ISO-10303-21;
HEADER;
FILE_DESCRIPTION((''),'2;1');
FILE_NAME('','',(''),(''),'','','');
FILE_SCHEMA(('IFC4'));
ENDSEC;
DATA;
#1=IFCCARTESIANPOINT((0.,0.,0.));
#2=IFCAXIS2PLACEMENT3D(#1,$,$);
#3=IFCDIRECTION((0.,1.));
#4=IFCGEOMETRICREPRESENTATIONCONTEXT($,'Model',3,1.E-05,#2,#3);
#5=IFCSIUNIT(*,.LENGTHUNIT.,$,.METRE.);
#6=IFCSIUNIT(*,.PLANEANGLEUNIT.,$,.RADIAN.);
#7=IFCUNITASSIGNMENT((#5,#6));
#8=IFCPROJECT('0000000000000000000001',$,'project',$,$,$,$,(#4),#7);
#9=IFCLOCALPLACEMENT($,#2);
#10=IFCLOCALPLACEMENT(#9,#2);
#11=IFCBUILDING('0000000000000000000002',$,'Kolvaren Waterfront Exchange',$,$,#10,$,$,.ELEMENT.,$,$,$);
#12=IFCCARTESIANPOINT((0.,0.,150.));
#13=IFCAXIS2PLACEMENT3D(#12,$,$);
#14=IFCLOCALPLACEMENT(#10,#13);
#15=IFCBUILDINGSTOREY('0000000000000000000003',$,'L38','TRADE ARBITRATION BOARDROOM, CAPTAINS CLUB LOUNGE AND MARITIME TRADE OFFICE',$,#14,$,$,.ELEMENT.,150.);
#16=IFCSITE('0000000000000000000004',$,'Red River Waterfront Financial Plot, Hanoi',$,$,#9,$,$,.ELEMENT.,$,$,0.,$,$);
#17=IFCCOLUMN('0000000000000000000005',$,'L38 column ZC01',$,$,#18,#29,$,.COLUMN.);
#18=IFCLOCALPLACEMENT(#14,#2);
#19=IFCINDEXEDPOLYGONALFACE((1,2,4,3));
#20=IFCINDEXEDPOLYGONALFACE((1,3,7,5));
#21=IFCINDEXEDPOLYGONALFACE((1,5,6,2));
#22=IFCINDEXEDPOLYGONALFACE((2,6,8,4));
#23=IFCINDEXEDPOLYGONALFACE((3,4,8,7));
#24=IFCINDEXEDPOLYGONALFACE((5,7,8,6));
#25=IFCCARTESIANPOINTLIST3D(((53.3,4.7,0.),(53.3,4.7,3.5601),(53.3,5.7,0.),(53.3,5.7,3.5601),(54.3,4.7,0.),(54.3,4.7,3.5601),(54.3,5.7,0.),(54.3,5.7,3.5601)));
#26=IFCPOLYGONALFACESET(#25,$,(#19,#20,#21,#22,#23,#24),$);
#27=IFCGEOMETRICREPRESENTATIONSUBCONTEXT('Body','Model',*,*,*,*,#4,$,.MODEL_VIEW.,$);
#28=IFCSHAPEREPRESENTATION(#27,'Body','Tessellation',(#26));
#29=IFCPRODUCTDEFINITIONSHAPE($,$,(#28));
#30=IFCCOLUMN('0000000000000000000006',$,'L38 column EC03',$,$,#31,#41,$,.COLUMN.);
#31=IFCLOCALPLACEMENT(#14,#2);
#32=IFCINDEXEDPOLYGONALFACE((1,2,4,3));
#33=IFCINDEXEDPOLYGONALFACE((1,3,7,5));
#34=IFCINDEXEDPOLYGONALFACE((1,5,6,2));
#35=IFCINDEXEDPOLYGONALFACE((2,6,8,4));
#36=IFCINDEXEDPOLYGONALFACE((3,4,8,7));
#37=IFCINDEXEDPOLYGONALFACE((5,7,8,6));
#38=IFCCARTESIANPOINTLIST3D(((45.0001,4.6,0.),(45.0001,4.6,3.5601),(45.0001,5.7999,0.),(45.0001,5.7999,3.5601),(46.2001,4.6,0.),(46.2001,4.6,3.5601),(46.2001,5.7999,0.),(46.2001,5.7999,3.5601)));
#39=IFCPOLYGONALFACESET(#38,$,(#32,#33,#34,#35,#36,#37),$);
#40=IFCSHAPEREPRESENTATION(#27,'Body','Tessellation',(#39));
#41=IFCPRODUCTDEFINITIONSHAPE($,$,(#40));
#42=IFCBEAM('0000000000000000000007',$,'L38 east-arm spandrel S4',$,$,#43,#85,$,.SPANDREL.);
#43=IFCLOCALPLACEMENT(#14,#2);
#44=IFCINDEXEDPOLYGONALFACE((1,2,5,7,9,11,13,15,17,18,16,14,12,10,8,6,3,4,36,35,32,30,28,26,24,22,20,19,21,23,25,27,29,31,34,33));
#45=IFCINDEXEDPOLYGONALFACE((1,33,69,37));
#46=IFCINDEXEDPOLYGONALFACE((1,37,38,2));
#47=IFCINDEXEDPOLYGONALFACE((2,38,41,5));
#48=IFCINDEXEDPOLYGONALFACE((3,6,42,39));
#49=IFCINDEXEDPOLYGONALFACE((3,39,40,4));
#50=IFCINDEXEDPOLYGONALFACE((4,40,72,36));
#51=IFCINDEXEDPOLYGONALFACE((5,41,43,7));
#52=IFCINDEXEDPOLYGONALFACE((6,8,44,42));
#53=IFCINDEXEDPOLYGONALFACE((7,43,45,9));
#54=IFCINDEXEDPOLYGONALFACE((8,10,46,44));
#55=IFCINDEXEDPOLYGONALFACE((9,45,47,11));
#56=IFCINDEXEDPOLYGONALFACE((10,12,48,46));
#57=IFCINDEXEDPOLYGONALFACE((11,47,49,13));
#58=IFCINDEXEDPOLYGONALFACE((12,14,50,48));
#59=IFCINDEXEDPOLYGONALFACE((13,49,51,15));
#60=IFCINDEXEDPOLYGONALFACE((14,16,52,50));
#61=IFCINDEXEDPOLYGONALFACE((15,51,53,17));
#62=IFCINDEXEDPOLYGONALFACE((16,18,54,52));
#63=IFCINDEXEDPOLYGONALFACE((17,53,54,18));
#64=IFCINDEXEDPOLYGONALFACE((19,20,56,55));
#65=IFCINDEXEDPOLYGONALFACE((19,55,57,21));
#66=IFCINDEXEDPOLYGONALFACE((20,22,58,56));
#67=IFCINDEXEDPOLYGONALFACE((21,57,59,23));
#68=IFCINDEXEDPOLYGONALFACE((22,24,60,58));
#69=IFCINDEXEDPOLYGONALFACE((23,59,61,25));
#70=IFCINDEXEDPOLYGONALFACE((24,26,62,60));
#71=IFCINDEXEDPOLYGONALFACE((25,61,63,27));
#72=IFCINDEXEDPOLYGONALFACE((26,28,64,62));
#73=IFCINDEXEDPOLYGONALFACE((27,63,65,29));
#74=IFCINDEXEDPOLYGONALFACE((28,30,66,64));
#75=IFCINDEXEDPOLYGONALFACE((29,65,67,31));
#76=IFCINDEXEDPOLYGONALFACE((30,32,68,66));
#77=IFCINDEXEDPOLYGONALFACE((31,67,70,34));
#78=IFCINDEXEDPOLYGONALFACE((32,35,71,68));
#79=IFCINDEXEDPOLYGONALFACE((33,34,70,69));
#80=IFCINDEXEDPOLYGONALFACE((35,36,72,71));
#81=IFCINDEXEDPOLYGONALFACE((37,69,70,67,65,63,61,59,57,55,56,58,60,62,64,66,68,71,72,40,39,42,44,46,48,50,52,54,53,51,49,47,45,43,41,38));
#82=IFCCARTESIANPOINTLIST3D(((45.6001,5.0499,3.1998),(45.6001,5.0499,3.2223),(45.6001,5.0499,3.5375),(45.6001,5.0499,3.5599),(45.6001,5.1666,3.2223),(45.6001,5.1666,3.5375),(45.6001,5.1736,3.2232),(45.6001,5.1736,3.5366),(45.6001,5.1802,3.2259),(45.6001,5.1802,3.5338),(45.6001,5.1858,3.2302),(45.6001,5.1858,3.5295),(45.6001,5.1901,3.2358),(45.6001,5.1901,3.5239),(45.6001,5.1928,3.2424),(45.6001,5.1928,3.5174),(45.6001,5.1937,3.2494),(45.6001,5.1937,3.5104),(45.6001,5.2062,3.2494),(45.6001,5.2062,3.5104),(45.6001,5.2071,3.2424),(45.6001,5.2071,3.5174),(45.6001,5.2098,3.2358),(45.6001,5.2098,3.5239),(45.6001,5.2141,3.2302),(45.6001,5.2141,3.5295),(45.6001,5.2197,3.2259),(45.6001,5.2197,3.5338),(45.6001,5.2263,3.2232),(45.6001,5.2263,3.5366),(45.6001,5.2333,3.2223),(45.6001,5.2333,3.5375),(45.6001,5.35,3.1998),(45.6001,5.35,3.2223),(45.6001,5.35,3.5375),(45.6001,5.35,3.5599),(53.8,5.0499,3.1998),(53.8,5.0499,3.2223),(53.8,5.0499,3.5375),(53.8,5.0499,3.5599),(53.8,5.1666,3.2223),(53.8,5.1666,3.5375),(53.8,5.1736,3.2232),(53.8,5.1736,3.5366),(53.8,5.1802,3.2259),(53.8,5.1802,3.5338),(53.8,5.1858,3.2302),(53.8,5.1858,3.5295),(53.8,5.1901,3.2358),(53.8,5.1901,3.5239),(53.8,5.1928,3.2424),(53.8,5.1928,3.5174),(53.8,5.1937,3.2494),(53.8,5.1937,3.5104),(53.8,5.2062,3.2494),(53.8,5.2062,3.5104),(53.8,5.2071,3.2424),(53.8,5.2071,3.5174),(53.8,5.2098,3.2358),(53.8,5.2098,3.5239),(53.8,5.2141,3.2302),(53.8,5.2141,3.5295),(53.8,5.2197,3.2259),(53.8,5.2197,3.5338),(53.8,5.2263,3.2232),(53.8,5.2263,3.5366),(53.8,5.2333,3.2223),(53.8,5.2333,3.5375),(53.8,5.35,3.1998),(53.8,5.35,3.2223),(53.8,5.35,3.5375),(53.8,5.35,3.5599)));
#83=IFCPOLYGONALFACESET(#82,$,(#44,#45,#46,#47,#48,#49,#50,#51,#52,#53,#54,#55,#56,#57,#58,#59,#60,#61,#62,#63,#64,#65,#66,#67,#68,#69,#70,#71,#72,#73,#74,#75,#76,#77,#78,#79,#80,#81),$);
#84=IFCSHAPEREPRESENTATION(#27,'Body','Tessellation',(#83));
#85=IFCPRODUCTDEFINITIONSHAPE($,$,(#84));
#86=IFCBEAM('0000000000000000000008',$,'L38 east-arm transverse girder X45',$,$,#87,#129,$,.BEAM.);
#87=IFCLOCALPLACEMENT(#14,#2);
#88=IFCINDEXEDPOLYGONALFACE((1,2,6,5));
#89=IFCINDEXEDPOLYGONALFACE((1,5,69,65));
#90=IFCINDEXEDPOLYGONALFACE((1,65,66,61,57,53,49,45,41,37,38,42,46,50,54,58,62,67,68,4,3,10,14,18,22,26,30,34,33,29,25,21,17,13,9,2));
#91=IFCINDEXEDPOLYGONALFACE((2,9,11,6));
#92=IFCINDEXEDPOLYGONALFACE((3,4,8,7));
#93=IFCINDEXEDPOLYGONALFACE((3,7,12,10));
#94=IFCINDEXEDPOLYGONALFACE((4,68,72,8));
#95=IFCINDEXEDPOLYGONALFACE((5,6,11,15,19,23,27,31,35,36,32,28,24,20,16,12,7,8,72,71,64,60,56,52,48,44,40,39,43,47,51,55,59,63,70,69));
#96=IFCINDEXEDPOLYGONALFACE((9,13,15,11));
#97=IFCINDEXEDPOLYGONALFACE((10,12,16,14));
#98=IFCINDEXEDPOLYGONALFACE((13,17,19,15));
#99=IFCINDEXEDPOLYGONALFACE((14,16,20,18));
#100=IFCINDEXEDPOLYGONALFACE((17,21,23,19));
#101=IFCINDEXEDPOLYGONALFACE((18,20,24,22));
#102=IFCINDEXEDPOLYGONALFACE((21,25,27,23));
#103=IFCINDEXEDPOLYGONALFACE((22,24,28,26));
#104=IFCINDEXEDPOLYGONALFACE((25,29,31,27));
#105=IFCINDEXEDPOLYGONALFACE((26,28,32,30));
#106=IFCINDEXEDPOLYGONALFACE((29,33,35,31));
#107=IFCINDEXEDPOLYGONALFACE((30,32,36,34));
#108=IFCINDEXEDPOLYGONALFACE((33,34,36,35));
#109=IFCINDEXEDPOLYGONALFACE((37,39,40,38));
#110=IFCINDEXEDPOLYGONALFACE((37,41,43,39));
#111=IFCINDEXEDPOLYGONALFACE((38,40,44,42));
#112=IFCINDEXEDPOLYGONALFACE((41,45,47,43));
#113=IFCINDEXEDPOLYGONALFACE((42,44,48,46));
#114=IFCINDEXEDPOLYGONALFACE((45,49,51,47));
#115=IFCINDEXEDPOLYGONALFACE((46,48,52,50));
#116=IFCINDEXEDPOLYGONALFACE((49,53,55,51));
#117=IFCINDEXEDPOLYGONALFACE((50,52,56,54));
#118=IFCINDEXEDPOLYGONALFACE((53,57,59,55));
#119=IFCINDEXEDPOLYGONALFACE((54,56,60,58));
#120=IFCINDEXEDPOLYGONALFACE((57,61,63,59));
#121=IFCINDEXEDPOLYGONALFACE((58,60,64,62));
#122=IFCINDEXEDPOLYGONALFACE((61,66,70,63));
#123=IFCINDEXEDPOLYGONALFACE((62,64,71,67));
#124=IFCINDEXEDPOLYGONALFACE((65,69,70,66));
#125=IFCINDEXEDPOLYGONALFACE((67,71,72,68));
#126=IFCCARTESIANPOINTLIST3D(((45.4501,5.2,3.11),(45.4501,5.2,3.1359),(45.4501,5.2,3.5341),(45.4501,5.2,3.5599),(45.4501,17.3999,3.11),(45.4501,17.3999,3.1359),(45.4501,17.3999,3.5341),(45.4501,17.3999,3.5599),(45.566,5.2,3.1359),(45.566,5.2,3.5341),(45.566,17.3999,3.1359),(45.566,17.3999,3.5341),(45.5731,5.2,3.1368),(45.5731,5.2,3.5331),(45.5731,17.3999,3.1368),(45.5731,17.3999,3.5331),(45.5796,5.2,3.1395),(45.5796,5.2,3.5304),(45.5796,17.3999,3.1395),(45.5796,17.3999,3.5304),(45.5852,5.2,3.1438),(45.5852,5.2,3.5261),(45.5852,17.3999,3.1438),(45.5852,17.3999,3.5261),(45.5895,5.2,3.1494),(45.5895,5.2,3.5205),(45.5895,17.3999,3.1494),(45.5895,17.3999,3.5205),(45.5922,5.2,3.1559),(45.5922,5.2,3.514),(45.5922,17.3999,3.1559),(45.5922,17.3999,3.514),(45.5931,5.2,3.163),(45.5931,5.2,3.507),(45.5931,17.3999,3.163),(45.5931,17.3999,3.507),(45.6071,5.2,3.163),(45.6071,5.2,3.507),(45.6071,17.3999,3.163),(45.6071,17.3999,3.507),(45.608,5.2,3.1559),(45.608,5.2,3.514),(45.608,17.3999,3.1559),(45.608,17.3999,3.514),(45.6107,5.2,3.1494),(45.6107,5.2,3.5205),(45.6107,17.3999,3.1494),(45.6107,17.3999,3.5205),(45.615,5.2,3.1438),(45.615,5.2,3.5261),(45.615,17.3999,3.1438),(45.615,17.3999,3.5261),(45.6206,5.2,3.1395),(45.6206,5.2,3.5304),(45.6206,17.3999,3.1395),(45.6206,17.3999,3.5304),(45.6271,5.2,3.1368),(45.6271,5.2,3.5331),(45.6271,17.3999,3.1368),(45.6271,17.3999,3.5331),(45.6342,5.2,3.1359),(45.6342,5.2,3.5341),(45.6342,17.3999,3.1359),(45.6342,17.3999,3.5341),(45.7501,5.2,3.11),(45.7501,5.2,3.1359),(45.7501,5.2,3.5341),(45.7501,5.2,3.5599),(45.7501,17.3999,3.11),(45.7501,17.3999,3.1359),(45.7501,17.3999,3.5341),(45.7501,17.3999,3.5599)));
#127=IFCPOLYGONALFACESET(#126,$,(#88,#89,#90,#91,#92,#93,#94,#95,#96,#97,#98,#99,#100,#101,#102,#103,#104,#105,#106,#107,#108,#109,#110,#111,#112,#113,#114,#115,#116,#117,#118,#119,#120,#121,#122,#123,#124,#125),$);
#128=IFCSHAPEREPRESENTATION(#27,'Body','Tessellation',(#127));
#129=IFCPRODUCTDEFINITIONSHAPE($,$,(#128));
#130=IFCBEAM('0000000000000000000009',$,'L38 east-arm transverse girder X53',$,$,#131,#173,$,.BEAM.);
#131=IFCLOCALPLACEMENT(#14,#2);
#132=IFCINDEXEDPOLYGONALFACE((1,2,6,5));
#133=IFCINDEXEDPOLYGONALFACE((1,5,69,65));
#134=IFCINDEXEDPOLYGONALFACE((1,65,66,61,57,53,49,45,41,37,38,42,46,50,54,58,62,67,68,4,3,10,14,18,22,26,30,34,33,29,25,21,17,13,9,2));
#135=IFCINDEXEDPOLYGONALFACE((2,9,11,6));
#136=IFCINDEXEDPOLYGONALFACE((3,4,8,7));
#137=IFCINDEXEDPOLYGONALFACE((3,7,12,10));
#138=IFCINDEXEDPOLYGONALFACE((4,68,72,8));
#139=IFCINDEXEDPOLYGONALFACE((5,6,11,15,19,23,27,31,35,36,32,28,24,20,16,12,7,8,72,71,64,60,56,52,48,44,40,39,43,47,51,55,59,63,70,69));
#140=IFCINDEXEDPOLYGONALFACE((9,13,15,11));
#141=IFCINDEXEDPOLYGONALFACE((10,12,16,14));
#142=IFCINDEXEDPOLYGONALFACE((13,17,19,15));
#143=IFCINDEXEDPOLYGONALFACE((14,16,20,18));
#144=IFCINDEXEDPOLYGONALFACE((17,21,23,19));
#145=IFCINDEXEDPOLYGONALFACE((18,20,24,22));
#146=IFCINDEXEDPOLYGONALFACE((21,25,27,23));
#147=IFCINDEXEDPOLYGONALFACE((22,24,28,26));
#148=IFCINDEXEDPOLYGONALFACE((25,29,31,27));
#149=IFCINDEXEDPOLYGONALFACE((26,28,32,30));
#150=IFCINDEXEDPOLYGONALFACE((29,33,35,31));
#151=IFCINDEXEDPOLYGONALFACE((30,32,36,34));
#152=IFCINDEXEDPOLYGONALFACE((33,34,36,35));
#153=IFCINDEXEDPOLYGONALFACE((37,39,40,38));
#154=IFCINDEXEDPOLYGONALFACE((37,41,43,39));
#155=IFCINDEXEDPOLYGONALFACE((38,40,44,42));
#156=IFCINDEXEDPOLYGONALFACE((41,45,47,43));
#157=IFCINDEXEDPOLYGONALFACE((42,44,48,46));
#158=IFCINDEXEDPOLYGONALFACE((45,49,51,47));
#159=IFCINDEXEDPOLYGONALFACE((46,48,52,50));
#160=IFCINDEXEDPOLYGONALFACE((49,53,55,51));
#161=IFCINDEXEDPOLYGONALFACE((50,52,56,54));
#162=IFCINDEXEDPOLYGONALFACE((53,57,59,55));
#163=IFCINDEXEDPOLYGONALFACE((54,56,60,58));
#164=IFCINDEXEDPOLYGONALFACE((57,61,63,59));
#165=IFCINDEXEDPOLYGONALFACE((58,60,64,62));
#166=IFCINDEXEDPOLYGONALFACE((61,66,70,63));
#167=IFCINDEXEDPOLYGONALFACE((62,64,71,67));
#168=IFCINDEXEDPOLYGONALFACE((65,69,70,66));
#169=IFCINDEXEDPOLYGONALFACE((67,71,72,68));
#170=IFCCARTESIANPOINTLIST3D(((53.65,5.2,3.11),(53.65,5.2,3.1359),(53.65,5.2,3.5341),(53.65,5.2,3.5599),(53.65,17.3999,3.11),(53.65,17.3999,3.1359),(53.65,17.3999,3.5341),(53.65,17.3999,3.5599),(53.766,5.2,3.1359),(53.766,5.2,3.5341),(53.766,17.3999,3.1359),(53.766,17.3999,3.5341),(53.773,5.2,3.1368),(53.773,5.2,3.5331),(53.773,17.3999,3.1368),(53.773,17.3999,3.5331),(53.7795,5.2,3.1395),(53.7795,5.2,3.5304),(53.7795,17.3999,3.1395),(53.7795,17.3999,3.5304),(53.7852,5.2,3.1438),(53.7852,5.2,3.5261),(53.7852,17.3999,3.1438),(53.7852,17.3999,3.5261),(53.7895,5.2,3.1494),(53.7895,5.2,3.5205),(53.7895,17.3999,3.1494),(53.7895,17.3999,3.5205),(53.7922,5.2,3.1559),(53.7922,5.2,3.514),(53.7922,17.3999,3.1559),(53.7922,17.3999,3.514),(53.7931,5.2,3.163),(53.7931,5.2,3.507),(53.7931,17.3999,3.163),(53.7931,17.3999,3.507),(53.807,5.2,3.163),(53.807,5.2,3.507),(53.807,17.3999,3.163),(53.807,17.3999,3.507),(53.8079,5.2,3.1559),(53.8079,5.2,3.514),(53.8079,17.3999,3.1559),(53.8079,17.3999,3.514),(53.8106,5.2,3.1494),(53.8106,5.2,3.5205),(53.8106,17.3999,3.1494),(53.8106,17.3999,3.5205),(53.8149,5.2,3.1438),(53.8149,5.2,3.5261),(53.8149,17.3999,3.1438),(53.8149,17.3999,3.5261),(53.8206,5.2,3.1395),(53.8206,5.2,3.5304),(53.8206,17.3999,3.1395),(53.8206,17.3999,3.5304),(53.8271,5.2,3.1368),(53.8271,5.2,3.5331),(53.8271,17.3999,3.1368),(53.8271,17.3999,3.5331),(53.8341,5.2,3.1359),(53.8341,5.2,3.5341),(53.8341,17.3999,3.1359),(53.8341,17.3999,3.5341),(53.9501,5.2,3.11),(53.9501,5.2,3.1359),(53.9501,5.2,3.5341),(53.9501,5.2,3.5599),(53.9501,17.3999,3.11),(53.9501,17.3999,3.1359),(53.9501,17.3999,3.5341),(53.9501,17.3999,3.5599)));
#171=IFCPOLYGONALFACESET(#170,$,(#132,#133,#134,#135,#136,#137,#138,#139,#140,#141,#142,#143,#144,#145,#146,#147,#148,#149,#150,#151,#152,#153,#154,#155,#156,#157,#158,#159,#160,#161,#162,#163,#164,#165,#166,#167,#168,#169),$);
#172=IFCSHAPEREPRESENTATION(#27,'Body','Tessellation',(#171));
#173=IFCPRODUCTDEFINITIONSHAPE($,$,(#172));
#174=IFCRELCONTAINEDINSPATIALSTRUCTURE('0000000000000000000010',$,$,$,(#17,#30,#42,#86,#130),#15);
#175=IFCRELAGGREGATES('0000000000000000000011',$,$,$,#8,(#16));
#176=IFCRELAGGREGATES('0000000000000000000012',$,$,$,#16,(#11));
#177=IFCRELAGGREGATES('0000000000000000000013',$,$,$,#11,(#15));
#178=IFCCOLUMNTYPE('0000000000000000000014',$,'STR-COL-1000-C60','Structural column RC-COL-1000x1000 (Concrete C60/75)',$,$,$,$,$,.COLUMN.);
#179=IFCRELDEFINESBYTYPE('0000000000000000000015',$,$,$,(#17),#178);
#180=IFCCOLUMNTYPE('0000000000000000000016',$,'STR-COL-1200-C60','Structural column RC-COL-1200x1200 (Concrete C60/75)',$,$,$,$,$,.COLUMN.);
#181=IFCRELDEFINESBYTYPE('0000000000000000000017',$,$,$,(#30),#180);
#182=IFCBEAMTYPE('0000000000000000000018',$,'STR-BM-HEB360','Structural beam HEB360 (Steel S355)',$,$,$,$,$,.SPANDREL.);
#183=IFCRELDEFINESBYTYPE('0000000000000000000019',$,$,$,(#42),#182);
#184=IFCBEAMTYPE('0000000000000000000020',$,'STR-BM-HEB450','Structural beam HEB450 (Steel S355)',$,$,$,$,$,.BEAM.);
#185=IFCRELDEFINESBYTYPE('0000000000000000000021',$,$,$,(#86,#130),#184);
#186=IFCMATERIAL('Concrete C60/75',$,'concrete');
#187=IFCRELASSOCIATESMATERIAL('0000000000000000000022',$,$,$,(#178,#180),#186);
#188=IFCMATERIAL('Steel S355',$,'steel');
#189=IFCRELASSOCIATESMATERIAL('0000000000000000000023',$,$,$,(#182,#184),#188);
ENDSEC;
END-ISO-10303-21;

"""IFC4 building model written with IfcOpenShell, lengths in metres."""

from ifc_helpers import new_model, si_unit, direction, frame, origin, origin_2d, place, context, subcontext, project, spatial, rectangle, i_section, extrude, material, material_profile, profile_set, type_object, element, save


model = new_model("IFC4")

# Units and contexts
model_context = context("Model", 3, precision=1e-05, world=origin(), true_north=direction((0.0, 1.0)))
body_context = subcontext(model_context, "Body", "Model", "MODEL_VIEW")
ifc_project = project(units=[si_unit("LENGTHUNIT", "METRE"), si_unit("PLANEANGLEUNIT", "RADIAN")], contexts=[model_context])

# Site, building, storey
site_placement = place(None, origin())
site = spatial("IfcSite", under=ifc_project, at=site_placement, Name="Red River Waterfront Financial Plot, Hanoi", CompositionType="ELEMENT", RefElevation=0.0)
building_placement = place(site_placement, origin())
building = spatial("IfcBuilding", under=site, at=building_placement, Name="Kolvaren Waterfront Exchange", CompositionType="ELEMENT")
storey_placement = place(building_placement, frame((0.0, 0.0, 150.0)))
storey = spatial("IfcBuildingStorey", under=building, at=storey_placement, Name="L38", Description="TRADE ARBITRATION BOARDROOM, CAPTAINS CLUB LOUNGE AND MARITIME TRADE OFFICE", CompositionType="ELEMENT", Elevation=150.0)

# Columns
ifc_material_1 = material(Name="Concrete C60/75", Category="concrete")
ifc_material_profile_1 = material_profile(ifc_material_1, rectangle(XDim=1.0, YDim=1.0, at=origin_2d()), Name="RC-COL-1000x1000")
ifc_profile_set_1 = profile_set([ifc_material_profile_1], Name="Concrete C60/75")
column_type_1 = type_object("IfcColumnType", Name="STR-COL-1000-C60", Description="Structural column RC-COL-1000x1000 (Concrete C60/75)", PredefinedType="COLUMN", material=ifc_profile_set_1)
column_1_placement = place(storey_placement, frame((53.8, 5.2, 0.0), z_axis=(0.0, 0.0, 1.0), x_axis=(1.0, 0.0, 0.0)))
element("IfcColumn", 1, at=column_1_placement, inside=storey, type_object=column_type_1, Name="L38 column ZC01", PredefinedType="COLUMN", context=body_context, shape_type="SweptSolid", body=[
    extrude(rectangle(XDim=1.0, YDim=1.0, at=origin_2d()), origin(), (0.0, 0.0, 1.0), 3.5601),
])
ifc_material_profile_2 = material_profile(ifc_material_1, rectangle(XDim=1.2, YDim=1.2, at=origin_2d()), Name="RC-COL-1200x1200")
ifc_profile_set_2 = profile_set([ifc_material_profile_2], Name="Concrete C60/75")
column_type_2 = type_object("IfcColumnType", Name="STR-COL-1200-C60", Description="Structural column RC-COL-1200x1200 (Concrete C60/75)", PredefinedType="COLUMN", material=ifc_profile_set_2)
column_2_placement = place(storey_placement, frame((45.6001, 5.2, 0.0), z_axis=(0.0, 0.0, 1.0), x_axis=(1.0, 0.0, 0.0)))
element("IfcColumn", 2, at=column_2_placement, inside=storey, type_object=column_type_2, Name="L38 column EC03", PredefinedType="COLUMN", context=body_context, shape_type="SweptSolid", body=[
    extrude(rectangle(XDim=1.2, YDim=1.2, at=origin_2d()), origin(), (0.0, 0.0, 1.0), 3.5601),
])

# Beams
ifc_material_2 = material(Name="Steel S355", Category="steel")
ifc_material_profile_3 = material_profile(ifc_material_2, i_section(OverallWidth=0.3, OverallDepth=0.3601, WebThickness=0.0125, FlangeThickness=0.0225, FilletRadius=0.0271, at=origin_2d()), Name="HEB360")
ifc_profile_set_3 = profile_set([ifc_material_profile_3], Name="Steel S355")
beam_type_1 = type_object("IfcBeamType", Name="STR-BM-HEB360", Description="Structural beam HEB360 (Steel S355)", PredefinedType="SPANDREL", material=ifc_profile_set_3)
beam_1_placement = place(storey_placement, frame((45.6001, 5.2, 3.3799), z_axis=(1.0, 0.0, 0.0), x_axis=(0.0, 1.0, 0.0)))
element("IfcBeam", 3, at=beam_1_placement, inside=storey, type_object=beam_type_1, Name="L38 east-arm spandrel S4", PredefinedType="SPANDREL", context=body_context, shape_type="SweptSolid", body=[
    extrude(i_section(OverallWidth=0.3, OverallDepth=0.3601, WebThickness=0.0125, FlangeThickness=0.0225, FilletRadius=0.0271, at=origin_2d()), origin(), (0.0, 0.0, 1.0), 8.2),
])
ifc_material_profile_4 = material_profile(ifc_material_2, i_section(OverallWidth=0.3, OverallDepth=0.45, WebThickness=0.0139, FlangeThickness=0.0259, FilletRadius=0.0271, at=origin_2d()), Name="HEB450")
ifc_profile_set_4 = profile_set([ifc_material_profile_4], Name="Steel S355")
beam_type_2 = type_object("IfcBeamType", Name="STR-BM-HEB450", Description="Structural beam HEB450 (Steel S355)", PredefinedType="BEAM", material=ifc_profile_set_4)
for number, where, z_axis, x_axis, name in (
    (4, (45.6001, 5.2, 3.335), (0.0, 1.0, 0.0), (-1.0, 0.0, 0.0), "L38 east-arm transverse girder X45"),
    (5, (53.8, 5.2, 3.335), (0.0, 1.0, 0.0), (-1.0, 0.0, 0.0), "L38 east-arm transverse girder X53"),
):
    element("IfcBeam", number, at=place(storey_placement, frame(where, z_axis=z_axis, x_axis=x_axis)), inside=storey, type_object=beam_type_2, Name=name, PredefinedType="BEAM", context=body_context, shape_type="SweptSolid", body=[
        extrude(i_section(OverallWidth=0.3, OverallDepth=0.45, WebThickness=0.0139, FlangeThickness=0.0259, FilletRadius=0.0271, at=origin_2d()), origin(), (0.0, 0.0, 1.0), 12.2),
    ])

save(model, "model.ifc")
